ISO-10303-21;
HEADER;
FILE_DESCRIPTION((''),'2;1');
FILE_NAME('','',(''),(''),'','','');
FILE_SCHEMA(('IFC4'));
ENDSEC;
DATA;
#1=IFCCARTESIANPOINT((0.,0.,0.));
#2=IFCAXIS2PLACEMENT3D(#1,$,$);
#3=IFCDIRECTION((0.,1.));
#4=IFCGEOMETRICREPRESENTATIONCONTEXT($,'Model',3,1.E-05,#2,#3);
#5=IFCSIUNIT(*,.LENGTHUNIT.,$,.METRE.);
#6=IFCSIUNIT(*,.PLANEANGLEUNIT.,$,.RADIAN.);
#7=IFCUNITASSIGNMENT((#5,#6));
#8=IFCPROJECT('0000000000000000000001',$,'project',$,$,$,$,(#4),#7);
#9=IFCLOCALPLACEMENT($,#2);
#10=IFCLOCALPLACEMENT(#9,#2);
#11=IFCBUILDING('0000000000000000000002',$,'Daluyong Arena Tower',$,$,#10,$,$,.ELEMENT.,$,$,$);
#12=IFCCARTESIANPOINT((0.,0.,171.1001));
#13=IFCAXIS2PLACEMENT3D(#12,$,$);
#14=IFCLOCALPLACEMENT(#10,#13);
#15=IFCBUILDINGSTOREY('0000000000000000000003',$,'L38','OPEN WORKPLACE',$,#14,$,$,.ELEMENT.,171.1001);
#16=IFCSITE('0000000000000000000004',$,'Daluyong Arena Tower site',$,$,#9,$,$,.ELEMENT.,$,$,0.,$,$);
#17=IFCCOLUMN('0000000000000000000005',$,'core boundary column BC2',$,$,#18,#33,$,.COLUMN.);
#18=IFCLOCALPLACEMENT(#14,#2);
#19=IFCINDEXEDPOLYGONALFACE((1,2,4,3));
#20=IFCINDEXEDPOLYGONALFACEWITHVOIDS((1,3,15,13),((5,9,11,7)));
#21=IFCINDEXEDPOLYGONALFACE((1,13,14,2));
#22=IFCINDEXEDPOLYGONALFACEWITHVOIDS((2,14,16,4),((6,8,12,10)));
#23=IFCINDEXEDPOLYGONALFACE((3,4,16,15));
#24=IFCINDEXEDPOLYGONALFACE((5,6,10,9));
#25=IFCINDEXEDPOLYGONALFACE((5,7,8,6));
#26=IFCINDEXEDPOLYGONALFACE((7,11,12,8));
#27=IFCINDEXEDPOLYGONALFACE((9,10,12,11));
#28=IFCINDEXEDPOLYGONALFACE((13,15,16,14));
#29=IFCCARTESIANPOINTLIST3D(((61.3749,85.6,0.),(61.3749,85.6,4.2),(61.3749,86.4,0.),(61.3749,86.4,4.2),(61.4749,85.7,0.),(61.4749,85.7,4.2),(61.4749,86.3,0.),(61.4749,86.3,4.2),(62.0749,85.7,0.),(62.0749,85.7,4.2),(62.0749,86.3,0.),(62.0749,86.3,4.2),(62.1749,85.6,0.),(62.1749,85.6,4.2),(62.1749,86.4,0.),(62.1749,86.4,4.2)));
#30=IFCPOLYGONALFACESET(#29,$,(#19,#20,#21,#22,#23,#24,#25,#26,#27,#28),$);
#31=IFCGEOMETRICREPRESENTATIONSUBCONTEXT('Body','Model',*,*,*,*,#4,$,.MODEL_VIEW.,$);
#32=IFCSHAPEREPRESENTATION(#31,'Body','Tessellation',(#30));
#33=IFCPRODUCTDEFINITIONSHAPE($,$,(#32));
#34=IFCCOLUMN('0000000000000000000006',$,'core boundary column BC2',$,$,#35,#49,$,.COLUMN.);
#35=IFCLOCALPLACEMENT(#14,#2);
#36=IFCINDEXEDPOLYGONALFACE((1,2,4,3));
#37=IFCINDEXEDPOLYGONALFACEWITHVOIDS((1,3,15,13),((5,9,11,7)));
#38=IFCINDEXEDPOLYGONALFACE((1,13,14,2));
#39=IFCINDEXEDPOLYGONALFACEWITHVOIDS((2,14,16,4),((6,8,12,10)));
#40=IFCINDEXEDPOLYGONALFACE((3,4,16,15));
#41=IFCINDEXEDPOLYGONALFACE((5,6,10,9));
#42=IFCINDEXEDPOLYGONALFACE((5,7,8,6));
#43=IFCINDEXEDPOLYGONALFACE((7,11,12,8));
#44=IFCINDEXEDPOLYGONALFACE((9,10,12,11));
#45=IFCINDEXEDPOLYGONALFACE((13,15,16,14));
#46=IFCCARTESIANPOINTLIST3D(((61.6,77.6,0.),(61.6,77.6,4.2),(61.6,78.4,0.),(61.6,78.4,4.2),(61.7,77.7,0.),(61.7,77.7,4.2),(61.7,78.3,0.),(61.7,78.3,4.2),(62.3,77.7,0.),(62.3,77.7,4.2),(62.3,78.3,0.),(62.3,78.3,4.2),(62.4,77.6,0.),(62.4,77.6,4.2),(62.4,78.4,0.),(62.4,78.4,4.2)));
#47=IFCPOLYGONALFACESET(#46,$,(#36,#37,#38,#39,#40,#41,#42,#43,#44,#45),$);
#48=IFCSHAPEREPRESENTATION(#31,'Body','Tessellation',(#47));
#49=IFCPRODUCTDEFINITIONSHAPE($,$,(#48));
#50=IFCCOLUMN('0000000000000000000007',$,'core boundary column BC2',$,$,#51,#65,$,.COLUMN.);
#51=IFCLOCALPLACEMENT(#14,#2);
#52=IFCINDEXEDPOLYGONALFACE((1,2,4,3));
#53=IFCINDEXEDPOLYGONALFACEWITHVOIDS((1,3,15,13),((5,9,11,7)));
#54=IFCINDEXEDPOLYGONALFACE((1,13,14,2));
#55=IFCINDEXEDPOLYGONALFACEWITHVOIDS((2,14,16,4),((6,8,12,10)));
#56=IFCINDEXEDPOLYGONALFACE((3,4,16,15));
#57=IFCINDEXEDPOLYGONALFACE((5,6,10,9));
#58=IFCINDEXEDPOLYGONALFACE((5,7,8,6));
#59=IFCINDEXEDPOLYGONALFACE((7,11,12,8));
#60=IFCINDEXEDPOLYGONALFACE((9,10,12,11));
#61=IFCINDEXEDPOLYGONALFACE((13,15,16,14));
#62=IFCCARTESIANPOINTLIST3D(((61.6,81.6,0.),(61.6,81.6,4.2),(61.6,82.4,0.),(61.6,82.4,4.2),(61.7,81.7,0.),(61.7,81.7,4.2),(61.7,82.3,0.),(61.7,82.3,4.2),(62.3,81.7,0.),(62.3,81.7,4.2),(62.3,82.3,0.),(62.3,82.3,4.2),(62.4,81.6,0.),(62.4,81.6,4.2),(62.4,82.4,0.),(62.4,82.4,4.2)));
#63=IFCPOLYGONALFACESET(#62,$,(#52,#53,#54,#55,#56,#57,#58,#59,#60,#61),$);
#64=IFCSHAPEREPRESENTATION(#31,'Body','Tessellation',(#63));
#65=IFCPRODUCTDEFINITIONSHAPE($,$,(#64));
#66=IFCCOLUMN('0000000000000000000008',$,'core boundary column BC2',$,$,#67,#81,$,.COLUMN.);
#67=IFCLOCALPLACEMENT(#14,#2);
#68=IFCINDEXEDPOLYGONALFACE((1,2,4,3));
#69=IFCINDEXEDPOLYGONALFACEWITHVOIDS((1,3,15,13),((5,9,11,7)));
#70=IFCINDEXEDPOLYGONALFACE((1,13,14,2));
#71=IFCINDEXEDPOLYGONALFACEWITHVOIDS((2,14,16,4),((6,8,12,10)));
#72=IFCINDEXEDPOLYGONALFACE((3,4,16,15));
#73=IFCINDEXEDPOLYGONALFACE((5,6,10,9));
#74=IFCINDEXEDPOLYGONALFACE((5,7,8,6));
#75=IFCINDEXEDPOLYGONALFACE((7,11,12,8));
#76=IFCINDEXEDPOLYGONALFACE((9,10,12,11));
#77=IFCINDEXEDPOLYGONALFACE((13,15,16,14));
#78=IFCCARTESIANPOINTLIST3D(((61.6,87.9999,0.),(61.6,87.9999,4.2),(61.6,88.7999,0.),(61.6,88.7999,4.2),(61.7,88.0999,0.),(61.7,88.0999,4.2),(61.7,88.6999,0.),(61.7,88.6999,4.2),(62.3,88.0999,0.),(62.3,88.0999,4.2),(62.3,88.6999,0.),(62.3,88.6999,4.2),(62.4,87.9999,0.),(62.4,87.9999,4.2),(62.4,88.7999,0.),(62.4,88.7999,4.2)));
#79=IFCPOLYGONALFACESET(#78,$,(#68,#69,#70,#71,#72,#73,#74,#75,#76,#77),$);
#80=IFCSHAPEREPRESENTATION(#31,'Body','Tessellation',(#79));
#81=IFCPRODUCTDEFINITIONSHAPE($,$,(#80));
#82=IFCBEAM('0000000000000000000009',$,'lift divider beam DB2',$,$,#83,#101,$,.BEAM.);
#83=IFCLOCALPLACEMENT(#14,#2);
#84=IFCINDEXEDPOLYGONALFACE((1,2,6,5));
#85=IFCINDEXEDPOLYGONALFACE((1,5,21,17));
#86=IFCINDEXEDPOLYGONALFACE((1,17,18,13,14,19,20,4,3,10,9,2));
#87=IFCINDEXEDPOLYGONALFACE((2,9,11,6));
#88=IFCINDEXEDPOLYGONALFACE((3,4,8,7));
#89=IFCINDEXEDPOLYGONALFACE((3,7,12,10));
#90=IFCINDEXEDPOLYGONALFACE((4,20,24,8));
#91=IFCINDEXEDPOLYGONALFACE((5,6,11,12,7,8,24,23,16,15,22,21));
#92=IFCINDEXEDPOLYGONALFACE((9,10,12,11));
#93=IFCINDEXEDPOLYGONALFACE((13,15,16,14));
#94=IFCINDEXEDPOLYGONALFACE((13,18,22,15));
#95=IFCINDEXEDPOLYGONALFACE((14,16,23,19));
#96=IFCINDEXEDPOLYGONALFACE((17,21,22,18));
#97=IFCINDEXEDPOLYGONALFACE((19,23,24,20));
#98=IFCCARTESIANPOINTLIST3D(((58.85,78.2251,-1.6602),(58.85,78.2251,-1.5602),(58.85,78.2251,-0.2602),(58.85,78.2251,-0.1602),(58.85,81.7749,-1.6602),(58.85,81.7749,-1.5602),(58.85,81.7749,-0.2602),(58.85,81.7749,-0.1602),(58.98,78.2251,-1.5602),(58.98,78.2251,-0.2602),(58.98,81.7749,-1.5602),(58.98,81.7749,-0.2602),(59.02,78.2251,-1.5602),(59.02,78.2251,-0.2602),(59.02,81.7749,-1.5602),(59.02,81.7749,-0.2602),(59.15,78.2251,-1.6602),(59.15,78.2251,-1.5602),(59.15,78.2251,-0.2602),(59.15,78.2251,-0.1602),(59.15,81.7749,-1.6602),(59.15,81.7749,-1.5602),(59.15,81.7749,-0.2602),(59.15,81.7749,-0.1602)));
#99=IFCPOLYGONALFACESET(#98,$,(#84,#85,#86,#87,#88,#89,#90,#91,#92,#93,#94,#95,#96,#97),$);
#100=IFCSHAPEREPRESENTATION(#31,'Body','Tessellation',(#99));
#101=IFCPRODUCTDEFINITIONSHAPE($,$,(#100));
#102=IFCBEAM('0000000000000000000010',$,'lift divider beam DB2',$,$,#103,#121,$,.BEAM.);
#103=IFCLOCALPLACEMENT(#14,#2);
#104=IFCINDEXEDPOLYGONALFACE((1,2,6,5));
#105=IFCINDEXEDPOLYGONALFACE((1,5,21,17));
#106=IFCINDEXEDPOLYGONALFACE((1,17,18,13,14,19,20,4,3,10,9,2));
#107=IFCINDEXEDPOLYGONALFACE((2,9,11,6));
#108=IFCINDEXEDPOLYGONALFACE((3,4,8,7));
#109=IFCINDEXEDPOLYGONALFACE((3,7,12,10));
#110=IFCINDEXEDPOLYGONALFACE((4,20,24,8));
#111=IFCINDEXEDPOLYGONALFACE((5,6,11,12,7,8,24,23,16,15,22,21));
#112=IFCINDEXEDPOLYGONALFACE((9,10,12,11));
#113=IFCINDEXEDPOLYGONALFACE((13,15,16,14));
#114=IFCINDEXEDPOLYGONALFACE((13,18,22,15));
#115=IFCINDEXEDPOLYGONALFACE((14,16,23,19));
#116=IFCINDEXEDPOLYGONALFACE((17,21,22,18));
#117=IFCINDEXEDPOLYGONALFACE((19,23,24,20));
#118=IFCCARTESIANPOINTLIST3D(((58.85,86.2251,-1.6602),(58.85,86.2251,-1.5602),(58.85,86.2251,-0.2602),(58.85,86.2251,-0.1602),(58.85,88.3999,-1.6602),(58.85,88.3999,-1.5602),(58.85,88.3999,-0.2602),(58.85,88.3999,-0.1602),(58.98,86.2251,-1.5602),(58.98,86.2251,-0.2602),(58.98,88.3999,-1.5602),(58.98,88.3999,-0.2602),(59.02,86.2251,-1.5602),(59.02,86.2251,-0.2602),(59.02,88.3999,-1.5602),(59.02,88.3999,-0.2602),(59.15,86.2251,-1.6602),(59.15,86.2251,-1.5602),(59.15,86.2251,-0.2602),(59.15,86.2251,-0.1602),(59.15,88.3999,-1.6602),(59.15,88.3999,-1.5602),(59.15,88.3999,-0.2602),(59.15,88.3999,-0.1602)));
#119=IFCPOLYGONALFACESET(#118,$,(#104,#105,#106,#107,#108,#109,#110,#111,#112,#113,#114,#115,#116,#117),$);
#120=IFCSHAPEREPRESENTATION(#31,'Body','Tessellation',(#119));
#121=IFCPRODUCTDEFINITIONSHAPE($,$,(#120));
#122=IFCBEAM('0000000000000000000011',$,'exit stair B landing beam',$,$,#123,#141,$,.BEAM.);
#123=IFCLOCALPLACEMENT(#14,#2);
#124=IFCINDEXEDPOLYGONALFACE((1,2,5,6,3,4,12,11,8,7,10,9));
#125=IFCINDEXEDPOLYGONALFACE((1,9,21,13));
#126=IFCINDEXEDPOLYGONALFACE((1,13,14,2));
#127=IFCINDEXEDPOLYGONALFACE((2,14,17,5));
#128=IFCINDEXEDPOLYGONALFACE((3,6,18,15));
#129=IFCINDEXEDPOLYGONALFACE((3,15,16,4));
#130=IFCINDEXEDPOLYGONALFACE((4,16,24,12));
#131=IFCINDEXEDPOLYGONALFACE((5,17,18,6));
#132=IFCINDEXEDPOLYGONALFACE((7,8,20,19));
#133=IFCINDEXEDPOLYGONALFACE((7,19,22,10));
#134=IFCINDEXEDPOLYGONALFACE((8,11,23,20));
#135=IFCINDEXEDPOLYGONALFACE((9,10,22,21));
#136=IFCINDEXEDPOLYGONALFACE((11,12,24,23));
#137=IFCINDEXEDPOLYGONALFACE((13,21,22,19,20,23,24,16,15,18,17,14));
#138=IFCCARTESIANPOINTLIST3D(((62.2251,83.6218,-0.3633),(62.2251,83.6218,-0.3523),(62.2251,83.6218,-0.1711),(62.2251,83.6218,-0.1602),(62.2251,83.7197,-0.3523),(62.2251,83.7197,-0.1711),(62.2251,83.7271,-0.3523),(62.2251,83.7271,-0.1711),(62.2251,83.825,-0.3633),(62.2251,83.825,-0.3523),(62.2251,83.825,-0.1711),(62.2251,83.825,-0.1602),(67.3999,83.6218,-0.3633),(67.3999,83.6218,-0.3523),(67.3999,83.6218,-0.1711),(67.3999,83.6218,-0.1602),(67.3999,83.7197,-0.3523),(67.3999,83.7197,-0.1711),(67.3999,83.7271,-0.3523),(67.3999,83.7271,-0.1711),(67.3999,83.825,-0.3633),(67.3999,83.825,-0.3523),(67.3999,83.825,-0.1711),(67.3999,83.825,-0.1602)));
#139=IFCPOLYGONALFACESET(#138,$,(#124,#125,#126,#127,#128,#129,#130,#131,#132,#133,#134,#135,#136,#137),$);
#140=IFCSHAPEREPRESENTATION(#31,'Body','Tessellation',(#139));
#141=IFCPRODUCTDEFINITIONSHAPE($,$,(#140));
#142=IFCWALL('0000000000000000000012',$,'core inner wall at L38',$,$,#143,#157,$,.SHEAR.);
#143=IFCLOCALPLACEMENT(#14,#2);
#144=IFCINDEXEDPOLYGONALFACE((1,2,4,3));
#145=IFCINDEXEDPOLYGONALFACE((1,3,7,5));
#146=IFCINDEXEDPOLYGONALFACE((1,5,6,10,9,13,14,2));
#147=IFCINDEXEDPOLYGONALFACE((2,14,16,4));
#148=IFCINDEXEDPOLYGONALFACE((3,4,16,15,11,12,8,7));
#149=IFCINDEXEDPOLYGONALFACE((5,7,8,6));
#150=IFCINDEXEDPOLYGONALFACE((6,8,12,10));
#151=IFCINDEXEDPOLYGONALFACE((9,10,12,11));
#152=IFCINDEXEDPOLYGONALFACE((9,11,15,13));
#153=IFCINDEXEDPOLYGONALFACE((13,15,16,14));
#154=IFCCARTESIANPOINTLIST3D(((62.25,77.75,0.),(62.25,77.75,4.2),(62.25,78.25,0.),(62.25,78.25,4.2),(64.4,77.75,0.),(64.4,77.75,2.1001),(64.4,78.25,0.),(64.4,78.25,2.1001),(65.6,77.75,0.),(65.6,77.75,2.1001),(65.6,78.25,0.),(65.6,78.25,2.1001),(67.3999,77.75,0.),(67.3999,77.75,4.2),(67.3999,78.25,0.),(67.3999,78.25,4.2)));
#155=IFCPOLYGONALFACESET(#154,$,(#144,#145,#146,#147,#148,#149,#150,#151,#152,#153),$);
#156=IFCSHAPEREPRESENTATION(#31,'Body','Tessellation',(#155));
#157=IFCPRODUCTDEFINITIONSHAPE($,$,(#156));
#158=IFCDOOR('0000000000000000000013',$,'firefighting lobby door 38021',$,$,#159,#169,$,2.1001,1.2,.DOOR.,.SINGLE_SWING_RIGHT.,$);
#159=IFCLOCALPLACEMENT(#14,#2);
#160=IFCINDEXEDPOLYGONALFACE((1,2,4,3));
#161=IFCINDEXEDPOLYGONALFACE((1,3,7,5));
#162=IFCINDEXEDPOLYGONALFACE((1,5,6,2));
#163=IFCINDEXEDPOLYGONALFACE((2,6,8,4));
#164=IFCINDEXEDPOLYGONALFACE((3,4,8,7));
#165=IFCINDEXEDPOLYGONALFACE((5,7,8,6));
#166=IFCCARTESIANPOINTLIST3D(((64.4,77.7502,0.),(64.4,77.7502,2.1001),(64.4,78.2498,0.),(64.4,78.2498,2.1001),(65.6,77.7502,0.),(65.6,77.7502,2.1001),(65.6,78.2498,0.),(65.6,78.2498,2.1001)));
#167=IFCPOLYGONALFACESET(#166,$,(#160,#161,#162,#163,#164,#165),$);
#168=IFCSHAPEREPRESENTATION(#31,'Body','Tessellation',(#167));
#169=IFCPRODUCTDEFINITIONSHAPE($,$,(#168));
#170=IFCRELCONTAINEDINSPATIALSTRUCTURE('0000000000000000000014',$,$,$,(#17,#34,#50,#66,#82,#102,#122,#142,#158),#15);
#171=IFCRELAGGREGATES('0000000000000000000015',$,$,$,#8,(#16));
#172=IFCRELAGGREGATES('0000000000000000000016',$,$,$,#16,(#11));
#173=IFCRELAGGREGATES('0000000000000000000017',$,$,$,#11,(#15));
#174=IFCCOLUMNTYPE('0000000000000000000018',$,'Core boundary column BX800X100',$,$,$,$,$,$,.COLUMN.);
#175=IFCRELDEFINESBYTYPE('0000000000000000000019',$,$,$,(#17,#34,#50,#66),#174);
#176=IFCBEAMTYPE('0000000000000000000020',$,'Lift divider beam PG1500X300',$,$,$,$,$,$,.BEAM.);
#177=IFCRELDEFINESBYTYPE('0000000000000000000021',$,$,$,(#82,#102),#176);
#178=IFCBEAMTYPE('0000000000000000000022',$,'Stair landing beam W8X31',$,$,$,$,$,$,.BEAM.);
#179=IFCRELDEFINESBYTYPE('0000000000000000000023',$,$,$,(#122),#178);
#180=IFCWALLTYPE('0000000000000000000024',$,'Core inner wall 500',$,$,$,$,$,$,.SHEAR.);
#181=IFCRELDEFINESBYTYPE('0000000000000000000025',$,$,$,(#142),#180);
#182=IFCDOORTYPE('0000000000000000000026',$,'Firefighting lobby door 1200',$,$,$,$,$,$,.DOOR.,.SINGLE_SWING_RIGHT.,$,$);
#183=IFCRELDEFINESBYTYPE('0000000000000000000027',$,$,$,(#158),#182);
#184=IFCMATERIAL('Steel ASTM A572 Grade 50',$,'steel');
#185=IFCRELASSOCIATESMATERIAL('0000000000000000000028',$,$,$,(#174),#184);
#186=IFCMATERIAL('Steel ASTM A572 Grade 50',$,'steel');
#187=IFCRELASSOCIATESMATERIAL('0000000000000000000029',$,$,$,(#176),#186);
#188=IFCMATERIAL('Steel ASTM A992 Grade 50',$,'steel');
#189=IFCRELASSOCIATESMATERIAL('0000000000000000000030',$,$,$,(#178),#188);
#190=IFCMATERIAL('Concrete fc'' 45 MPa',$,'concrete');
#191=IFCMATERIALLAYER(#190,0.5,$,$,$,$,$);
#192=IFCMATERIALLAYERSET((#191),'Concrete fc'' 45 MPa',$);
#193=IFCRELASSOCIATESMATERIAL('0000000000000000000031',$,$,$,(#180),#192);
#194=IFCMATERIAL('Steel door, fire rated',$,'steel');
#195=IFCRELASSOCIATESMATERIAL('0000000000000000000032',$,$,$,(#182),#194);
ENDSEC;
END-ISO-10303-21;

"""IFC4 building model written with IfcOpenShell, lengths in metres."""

from ifc_helpers import new_model, si_unit, direction, frame, frame_2d, origin, origin_2d, place, context, subcontext, project, spatial, rectangle, hollow_rectangle, i_section, extrude, material, layer, layer_set, material_profile, profile_set, type_object, element, fill, save


model = new_model("IFC4")

# Units and contexts
model_context = context("Model", 3, precision=1e-05, world=origin(), true_north=direction((0.0, 1.0)))
body_context = subcontext(model_context, "Body", "Model", "MODEL_VIEW")
ifc_project = project(units=[si_unit("LENGTHUNIT", "METRE"), si_unit("PLANEANGLEUNIT", "RADIAN")], contexts=[model_context])

# Site, building, storey
site_placement = place(None, origin())
site = spatial("IfcSite", under=ifc_project, at=site_placement, Name="Daluyong Arena Tower site", CompositionType="ELEMENT", RefElevation=0.0)
building_placement = place(site_placement, origin())
building = spatial("IfcBuilding", under=site, at=building_placement, Name="Daluyong Arena Tower", CompositionType="ELEMENT")
storey_placement = place(building_placement, frame((0.0, 0.0, 171.1001)))
storey = spatial("IfcBuildingStorey", under=building, at=storey_placement, Name="L38", Description="OPEN WORKPLACE", CompositionType="ELEMENT", Elevation=171.1001)

# Columns
ifc_material_1 = material(Name="Steel ASTM A572 Grade 50", Category="steel")
ifc_material_profile_1 = material_profile(ifc_material_1, hollow_rectangle(XDim=0.8, YDim=0.8, WallThickness=0.1, at=origin_2d()))
ifc_profile_set_1 = profile_set([ifc_material_profile_1], Name="Steel ASTM A572 Grade 50")
column_type = type_object("IfcColumnType", Name="Core boundary column BX800X100", PredefinedType="COLUMN", material=ifc_profile_set_1)
for number, where, z_axis, x_axis, name in (
    (1, (61.7749, 86.0, 0.0), (0.0, 0.0, 1.0), (1.0, 0.0, 0.0), "core boundary column BC2"),
    (2, (62.0, 78.0, 0.0), (0.0, 0.0, 1.0), (1.0, 0.0, 0.0), "core boundary column BC2"),
    (3, (62.0, 82.0, 0.0), (0.0, 0.0, 1.0), (1.0, 0.0, 0.0), "core boundary column BC2"),
    (4, (62.0, 88.3999, 0.0), (0.0, 0.0, 1.0), (1.0, 0.0, 0.0), "core boundary column BC2"),
):
    element("IfcColumn", number, at=place(storey_placement, frame(where, z_axis=z_axis, x_axis=x_axis)), inside=storey, type_object=column_type, Name=name, PredefinedType="COLUMN", context=body_context, shape_type="SweptSolid", body=[
        extrude(hollow_rectangle(XDim=0.8, YDim=0.8, WallThickness=0.1, at=origin_2d()), origin(), (0.0, 0.0, 1.0), 4.2),
    ])

# Beams
ifc_material_2 = material(Name="Steel ASTM A572 Grade 50", Category="steel")
ifc_material_profile_2 = material_profile(ifc_material_2, i_section(OverallWidth=0.3, OverallDepth=1.5, WebThickness=0.04, FlangeThickness=0.1, at=origin_2d()))
ifc_profile_set_2 = profile_set([ifc_material_profile_2], Name="Steel ASTM A572 Grade 50")
beam_type_1 = type_object("IfcBeamType", Name="Lift divider beam PG1500X300", PredefinedType="BEAM", material=ifc_profile_set_2)
beam_1_placement = place(storey_placement, frame((59.0, 78.2251, -0.9102), z_axis=(0.0, 1.0, 0.0), x_axis=(-1.0, 0.0, 0.0)))
element("IfcBeam", 5, at=beam_1_placement, inside=storey, type_object=beam_type_1, Name="lift divider beam DB2", PredefinedType="BEAM", context=body_context, shape_type="SweptSolid", body=[
    extrude(i_section(OverallWidth=0.3, OverallDepth=1.5, WebThickness=0.04, FlangeThickness=0.1, at=origin_2d()), origin(), (0.0, 0.0, 1.0), 3.5498),
])
beam_2_placement = place(storey_placement, frame((59.0, 86.2251, -0.9102), z_axis=(0.0, 1.0, 0.0), x_axis=(-1.0, 0.0, 0.0)))
element("IfcBeam", 6, at=beam_2_placement, inside=storey, type_object=beam_type_1, Name="lift divider beam DB2", PredefinedType="BEAM", context=body_context, shape_type="SweptSolid", body=[
    extrude(i_section(OverallWidth=0.3, OverallDepth=1.5, WebThickness=0.04, FlangeThickness=0.1, at=origin_2d()), origin(), (0.0, 0.0, 1.0), 2.1748),
])
ifc_material_3 = material(Name="Steel ASTM A992 Grade 50", Category="steel")
ifc_material_profile_3 = material_profile(ifc_material_3, i_section(OverallWidth=0.2031, OverallDepth=0.2031, WebThickness=0.0073, FlangeThickness=0.011, at=origin_2d()))
ifc_profile_set_3 = profile_set([ifc_material_profile_3], Name="Steel ASTM A992 Grade 50")
beam_type_2 = type_object("IfcBeamType", Name="Stair landing beam W8X31", PredefinedType="BEAM", material=ifc_profile_set_3)
beam_3_placement = place(storey_placement, frame((62.2251, 83.7234, -0.2617), z_axis=(1.0, 0.0, 0.0), x_axis=(0.0, 1.0, 0.0)))
element("IfcBeam", 7, at=beam_3_placement, inside=storey, type_object=beam_type_2, Name="exit stair B landing beam", PredefinedType="BEAM", context=body_context, shape_type="SweptSolid", body=[
    extrude(i_section(OverallWidth=0.2031, OverallDepth=0.2031, WebThickness=0.0073, FlangeThickness=0.011, at=origin_2d()), origin(), (0.0, 0.0, 1.0), 5.1748),
])

# Wall, opening, door
ifc_material_4 = material(Name="Concrete fc' 45 MPa", Category="concrete")
ifc_layer_1 = layer(ifc_material_4, 0.5)
ifc_layer_set_1 = layer_set([ifc_layer_1], Name="Concrete fc' 45 MPa")
wall_type_1 = type_object("IfcWallType", Name="Core inner wall 500", PredefinedType="SHEAR", material=ifc_layer_set_1)
wall_1_placement = place(storey_placement, frame((62.25, 78.0, 0.0), z_axis=(0.0, 0.0, 1.0), x_axis=(1.0, 0.0, 0.0)))
wall_1 = element("IfcWall", 8, at=wall_1_placement, inside=storey, type_object=wall_type_1, Name="core inner wall at L38", PredefinedType="SHEAR", context=body_context, shape_type="SweptSolid", body=[
    extrude(rectangle(XDim=5.1499, YDim=0.5, at=frame_2d((2.575, 0.0))), origin(), (0.0, 0.0, 1.0), 4.2),
])
opening_1_placement = place(wall_1_placement, frame((2.1499, 0.0, 0.0)))
opening_1 = element("IfcOpeningElement", 9, at=opening_1_placement, cuts=wall_1, PredefinedType="OPENING", context=body_context, shape_type="SweptSolid", body=[
    extrude(rectangle(XDim=1.2, YDim=2.1001, at=frame_2d((0.6001, 1.05))), frame((0.0, 0.26, 0.0), z_axis=(0.0, -1.0, 0.0), x_axis=(1.0, 0.0, 0.0)), (0.0, 0.0, 1.0), 0.52),
])
ifc_material_5 = material(Name="Steel door, fire rated", Category="steel")
door_type_1 = type_object("IfcDoorType", Name="Firefighting lobby door 1200", OperationType="SINGLE_SWING_RIGHT", PredefinedType="DOOR", material=ifc_material_5)
door_1_placement = place(opening_1_placement, origin())
door_1 = element("IfcDoor", 10, at=door_1_placement, inside=storey, type_object=door_type_1, Name="firefighting lobby door 38021", OperationType="SINGLE_SWING_RIGHT", OverallHeight=2.1001, OverallWidth=1.2, PredefinedType="DOOR", context=body_context, shape_type="SweptSolid", body=[
    extrude(rectangle(XDim=1.2, YDim=2.1001, at=frame_2d((0.6001, 1.05))), frame((0.0, 0.2498, 0.0), z_axis=(0.0, -1.0, 0.0), x_axis=(1.0, 0.0, 0.0)), (0.0, 0.0, 1.0), 0.4995),
])
fill(opening_1, door_1)

save(model, "model.ifc")
